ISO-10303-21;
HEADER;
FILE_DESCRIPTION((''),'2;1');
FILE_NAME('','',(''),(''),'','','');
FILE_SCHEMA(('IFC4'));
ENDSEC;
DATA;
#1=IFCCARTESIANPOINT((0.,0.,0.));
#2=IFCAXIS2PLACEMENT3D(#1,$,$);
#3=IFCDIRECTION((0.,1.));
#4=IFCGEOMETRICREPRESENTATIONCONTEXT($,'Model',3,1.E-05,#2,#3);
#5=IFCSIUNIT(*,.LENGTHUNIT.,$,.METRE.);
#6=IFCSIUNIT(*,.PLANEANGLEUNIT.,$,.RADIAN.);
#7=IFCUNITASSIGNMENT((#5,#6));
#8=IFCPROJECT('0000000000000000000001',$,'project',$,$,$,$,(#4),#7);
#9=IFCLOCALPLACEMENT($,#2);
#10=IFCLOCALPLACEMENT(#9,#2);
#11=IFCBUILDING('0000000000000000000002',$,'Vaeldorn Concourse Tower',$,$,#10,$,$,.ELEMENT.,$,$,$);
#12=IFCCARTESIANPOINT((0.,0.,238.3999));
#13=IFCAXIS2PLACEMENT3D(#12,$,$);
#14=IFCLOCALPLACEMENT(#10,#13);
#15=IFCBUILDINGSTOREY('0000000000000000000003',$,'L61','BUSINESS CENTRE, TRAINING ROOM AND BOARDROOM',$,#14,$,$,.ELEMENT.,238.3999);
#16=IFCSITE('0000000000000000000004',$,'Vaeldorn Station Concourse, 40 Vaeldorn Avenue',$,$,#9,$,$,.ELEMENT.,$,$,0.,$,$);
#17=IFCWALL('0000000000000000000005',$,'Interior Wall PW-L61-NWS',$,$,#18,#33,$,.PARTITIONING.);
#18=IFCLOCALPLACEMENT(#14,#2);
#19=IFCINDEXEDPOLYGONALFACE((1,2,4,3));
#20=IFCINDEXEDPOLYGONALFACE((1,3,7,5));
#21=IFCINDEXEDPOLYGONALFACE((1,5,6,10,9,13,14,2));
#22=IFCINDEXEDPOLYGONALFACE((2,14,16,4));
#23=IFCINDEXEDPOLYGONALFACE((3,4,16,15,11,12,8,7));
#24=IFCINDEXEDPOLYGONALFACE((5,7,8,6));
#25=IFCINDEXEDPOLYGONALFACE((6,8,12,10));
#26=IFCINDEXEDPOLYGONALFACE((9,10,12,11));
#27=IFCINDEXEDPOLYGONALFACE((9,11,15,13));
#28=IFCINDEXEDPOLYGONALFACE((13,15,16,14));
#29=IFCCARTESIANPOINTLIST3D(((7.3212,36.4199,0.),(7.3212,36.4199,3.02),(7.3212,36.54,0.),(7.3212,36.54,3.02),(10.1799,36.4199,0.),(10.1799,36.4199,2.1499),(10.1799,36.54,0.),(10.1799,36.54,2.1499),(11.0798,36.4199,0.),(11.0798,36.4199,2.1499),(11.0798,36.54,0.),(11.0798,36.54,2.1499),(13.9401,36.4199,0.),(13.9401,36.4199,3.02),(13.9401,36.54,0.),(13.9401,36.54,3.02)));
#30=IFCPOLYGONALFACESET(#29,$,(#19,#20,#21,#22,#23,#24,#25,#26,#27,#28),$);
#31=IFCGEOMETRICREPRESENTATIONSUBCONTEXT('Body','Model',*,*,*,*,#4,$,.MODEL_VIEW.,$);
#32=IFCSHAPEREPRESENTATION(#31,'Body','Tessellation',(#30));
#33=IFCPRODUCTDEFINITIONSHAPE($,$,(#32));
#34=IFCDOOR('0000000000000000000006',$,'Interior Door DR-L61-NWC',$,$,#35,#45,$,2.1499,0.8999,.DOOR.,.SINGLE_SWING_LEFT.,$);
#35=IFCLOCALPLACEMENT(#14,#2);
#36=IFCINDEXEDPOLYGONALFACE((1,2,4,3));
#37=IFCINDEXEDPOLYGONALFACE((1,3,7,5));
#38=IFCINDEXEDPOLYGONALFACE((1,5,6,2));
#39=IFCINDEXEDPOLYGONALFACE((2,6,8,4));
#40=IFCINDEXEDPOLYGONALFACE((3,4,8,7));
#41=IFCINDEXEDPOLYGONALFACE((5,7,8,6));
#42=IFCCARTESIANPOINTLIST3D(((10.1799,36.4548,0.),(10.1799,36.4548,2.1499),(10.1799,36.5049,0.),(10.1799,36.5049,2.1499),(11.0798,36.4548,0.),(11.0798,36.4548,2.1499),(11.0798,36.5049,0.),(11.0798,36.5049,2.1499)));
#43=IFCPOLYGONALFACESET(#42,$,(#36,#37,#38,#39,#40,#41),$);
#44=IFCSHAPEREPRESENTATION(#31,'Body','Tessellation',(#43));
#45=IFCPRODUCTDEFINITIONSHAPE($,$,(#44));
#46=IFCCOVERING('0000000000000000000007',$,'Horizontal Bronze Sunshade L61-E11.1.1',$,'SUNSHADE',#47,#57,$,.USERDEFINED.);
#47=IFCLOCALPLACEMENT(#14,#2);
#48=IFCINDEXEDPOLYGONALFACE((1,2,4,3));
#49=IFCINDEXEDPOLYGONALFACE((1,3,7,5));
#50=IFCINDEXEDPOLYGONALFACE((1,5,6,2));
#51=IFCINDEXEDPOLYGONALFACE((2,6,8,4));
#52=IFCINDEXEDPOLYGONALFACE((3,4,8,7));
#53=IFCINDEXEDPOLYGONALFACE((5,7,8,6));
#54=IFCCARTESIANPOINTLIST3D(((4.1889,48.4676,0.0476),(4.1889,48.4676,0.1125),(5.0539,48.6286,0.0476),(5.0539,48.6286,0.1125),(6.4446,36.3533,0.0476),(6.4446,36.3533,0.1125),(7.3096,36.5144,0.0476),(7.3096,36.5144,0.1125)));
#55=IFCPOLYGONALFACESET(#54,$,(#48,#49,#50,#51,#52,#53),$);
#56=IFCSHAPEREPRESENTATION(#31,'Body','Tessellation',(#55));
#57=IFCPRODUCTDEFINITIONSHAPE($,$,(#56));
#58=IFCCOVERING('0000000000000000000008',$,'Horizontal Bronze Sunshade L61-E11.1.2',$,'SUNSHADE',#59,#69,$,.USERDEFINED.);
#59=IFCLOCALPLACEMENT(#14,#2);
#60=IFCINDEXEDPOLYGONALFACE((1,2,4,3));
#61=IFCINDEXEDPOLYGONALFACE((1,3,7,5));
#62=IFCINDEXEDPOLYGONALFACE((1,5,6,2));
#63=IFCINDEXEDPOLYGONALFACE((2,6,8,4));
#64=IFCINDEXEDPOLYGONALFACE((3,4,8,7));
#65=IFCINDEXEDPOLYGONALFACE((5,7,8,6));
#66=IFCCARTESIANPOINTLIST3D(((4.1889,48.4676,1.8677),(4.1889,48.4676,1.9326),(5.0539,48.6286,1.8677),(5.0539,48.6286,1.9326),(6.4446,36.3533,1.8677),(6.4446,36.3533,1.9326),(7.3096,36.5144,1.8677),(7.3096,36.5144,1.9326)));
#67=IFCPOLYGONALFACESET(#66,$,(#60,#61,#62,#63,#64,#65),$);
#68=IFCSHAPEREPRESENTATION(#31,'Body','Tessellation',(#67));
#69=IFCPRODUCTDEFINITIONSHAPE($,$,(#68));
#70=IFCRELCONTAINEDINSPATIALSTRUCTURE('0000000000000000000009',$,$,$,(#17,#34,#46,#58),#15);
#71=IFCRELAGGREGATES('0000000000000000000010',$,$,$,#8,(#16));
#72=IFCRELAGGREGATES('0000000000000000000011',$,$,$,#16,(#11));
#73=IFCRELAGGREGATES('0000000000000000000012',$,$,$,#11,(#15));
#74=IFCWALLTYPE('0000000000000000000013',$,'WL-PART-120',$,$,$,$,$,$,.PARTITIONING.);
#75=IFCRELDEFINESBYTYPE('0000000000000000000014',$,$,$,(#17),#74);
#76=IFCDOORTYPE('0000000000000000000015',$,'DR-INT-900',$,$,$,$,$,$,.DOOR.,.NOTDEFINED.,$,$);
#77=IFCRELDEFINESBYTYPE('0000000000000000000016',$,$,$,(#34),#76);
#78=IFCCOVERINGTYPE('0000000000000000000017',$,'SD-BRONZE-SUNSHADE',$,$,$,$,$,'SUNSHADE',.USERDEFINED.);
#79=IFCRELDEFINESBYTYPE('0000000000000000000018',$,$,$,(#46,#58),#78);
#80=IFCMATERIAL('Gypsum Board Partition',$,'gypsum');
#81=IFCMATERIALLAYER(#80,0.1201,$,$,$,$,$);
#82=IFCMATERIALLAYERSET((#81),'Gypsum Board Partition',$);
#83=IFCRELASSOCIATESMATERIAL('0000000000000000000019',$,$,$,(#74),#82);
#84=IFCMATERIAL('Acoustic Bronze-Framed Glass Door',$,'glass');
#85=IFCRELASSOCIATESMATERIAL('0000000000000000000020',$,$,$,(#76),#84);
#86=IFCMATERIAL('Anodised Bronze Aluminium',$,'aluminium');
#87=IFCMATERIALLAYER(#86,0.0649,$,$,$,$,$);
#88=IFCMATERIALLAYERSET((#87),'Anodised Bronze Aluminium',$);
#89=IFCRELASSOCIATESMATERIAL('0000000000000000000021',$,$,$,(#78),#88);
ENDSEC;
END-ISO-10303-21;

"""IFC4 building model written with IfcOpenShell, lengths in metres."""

from ifc_helpers import new_model, si_unit, direction, frame, frame_2d, origin, origin_2d, place, context, subcontext, project, spatial, rectangle, extrude, source, transform, mapped, material, layer, layer_set, type_object, element, fill, save


model = new_model("IFC4")

# Units and contexts
model_context = context("Model", 3, precision=1e-05, world=origin(), true_north=direction((0.0, 1.0)))
body_context = subcontext(model_context, "Body", "Model", "MODEL_VIEW")
ifc_project = project(units=[si_unit("LENGTHUNIT", "METRE"), si_unit("PLANEANGLEUNIT", "RADIAN")], contexts=[model_context])

# Site, building, storey
site_placement = place(None, origin())
site = spatial("IfcSite", under=ifc_project, at=site_placement, Name="Vaeldorn Station Concourse, 40 Vaeldorn Avenue", CompositionType="ELEMENT", RefElevation=0.0)
building_placement = place(site_placement, origin())
building = spatial("IfcBuilding", under=site, at=building_placement, Name="Vaeldorn Concourse Tower", CompositionType="ELEMENT")
storey_placement = place(building_placement, frame((0.0, 0.0, 238.3999)))
storey = spatial("IfcBuildingStorey", under=building, at=storey_placement, Name="L61", Description="BUSINESS CENTRE, TRAINING ROOM AND BOARDROOM", CompositionType="ELEMENT", Elevation=238.3999)

# Shared definitions
ifc_material_1 = material(Name="Anodised Bronze Aluminium", Category="aluminium")

# Shared definitions
ifc_material_2 = material(Name="Gypsum Board Partition", Category="gypsum")
ifc_layer_1 = layer(ifc_material_2, 0.1201)
ifc_layer_set_1 = layer_set([ifc_layer_1], Name="Gypsum Board Partition")
wall_type_1 = type_object("IfcWallType", Name="WL-PART-120", PredefinedType="PARTITIONING", material=ifc_layer_set_1)

# Wall, opening, door
wall_1_placement = place(storey_placement, frame((7.321, 36.48, 0.0), z_axis=(0.0, 0.0, 1.0), x_axis=(1.0, 0.0, 0.0)))
wall_1 = element("IfcWall", 1, at=wall_1_placement, inside=storey, type_object=wall_type_1, Name="Interior Wall PW-L61-NWS", PredefinedType="PARTITIONING", context=body_context, shape_type="SweptSolid", body=[
    extrude(rectangle(XDim=6.6189, YDim=0.1201, at=frame_2d((3.3096, 0.0))), origin(), (0.0, 0.0, 1.0), 3.02),
])
opening_placement = place(wall_1_placement, frame((2.8589, 0.0, 0.0)))
opening = element("IfcOpeningElement", 2, at=opening_placement, cuts=wall_1, PredefinedType="OPENING", context=body_context, shape_type="SweptSolid", body=[
    extrude(rectangle(XDim=0.8999, YDim=2.1499, at=frame_2d((0.45, 1.075))), frame((0.0, 0.0701, 0.0), z_axis=(0.0, -1.0, 0.0), x_axis=(1.0, 0.0, 0.0)), (0.0, 0.0, 1.0), 0.1401),
])
ifc_material_3 = material(Name="Acoustic Bronze-Framed Glass Door", Category="glass")
door_type = type_object("IfcDoorType", Name="DR-INT-900", OperationType="NOTDEFINED", PredefinedType="DOOR", material=ifc_material_3)
shared_shape_1 = source(origin(), body_context, "Body", "SweptSolid", [
    extrude(rectangle(XDim=0.8999, YDim=2.1499, at=frame_2d((0.45, 1.075))), frame((0.0, 0.0249, 0.0), z_axis=(0.0, -1.0, 0.0), x_axis=(1.0, 0.0, 0.0)), (0.0, 0.0, 1.0), 0.05),
])
door_placement = place(opening_placement, origin())
door = element("IfcDoor", 3, at=door_placement, inside=storey, type_object=door_type, Name="Interior Door DR-L61-NWC", OperationType="SINGLE_SWING_LEFT", OverallHeight=2.1499, OverallWidth=0.8999, PredefinedType="DOOR", context=body_context, shape_type="MappedRepresentation", body=[
    mapped(shared_shape_1, transform((0.0, 0.0, 0.0), scale=1.0)),
])
fill(opening, door)

# Coverings
ifc_layer_2 = layer(ifc_material_1, 0.0649)
ifc_layer_set_2 = layer_set([ifc_layer_2], Name="Anodised Bronze Aluminium")
covering_type = type_object("IfcCoveringType", Name="SD-BRONZE-SUNSHADE", ElementType="SUNSHADE", PredefinedType="USERDEFINED", material=ifc_layer_set_2)
shared_shape_2 = source(origin(), body_context, "Body", "SweptSolid", [
    extrude(rectangle(XDim=12.3225, YDim=0.8799, at=origin_2d()), origin(), (0.0, 0.0, 1.0), 0.0649),
])
for number, where, z_axis, x_axis, name in (
    (4, (5.7493, 42.491, 0.0476), (0.0, 0.0, 1.0), (0.183059, -0.983102, 0.0), "Horizontal Bronze Sunshade L61-E11.1.1"),
    (5, (5.7493, 42.491, 1.8677), (0.0, 0.0, 1.0), (0.183059, -0.983102, 0.0), "Horizontal Bronze Sunshade L61-E11.1.2"),
):
    element("IfcCovering", number, at=place(storey_placement, frame(where, z_axis=z_axis, x_axis=x_axis)), inside=storey, type_object=covering_type, Name=name, ObjectType="SUNSHADE", PredefinedType="USERDEFINED", context=body_context, shape_type="MappedRepresentation", body=[
        mapped(shared_shape_2, transform((0.0, 0.0, 0.0), scale=1.0)),
    ])

save(model, "model.ifc")
